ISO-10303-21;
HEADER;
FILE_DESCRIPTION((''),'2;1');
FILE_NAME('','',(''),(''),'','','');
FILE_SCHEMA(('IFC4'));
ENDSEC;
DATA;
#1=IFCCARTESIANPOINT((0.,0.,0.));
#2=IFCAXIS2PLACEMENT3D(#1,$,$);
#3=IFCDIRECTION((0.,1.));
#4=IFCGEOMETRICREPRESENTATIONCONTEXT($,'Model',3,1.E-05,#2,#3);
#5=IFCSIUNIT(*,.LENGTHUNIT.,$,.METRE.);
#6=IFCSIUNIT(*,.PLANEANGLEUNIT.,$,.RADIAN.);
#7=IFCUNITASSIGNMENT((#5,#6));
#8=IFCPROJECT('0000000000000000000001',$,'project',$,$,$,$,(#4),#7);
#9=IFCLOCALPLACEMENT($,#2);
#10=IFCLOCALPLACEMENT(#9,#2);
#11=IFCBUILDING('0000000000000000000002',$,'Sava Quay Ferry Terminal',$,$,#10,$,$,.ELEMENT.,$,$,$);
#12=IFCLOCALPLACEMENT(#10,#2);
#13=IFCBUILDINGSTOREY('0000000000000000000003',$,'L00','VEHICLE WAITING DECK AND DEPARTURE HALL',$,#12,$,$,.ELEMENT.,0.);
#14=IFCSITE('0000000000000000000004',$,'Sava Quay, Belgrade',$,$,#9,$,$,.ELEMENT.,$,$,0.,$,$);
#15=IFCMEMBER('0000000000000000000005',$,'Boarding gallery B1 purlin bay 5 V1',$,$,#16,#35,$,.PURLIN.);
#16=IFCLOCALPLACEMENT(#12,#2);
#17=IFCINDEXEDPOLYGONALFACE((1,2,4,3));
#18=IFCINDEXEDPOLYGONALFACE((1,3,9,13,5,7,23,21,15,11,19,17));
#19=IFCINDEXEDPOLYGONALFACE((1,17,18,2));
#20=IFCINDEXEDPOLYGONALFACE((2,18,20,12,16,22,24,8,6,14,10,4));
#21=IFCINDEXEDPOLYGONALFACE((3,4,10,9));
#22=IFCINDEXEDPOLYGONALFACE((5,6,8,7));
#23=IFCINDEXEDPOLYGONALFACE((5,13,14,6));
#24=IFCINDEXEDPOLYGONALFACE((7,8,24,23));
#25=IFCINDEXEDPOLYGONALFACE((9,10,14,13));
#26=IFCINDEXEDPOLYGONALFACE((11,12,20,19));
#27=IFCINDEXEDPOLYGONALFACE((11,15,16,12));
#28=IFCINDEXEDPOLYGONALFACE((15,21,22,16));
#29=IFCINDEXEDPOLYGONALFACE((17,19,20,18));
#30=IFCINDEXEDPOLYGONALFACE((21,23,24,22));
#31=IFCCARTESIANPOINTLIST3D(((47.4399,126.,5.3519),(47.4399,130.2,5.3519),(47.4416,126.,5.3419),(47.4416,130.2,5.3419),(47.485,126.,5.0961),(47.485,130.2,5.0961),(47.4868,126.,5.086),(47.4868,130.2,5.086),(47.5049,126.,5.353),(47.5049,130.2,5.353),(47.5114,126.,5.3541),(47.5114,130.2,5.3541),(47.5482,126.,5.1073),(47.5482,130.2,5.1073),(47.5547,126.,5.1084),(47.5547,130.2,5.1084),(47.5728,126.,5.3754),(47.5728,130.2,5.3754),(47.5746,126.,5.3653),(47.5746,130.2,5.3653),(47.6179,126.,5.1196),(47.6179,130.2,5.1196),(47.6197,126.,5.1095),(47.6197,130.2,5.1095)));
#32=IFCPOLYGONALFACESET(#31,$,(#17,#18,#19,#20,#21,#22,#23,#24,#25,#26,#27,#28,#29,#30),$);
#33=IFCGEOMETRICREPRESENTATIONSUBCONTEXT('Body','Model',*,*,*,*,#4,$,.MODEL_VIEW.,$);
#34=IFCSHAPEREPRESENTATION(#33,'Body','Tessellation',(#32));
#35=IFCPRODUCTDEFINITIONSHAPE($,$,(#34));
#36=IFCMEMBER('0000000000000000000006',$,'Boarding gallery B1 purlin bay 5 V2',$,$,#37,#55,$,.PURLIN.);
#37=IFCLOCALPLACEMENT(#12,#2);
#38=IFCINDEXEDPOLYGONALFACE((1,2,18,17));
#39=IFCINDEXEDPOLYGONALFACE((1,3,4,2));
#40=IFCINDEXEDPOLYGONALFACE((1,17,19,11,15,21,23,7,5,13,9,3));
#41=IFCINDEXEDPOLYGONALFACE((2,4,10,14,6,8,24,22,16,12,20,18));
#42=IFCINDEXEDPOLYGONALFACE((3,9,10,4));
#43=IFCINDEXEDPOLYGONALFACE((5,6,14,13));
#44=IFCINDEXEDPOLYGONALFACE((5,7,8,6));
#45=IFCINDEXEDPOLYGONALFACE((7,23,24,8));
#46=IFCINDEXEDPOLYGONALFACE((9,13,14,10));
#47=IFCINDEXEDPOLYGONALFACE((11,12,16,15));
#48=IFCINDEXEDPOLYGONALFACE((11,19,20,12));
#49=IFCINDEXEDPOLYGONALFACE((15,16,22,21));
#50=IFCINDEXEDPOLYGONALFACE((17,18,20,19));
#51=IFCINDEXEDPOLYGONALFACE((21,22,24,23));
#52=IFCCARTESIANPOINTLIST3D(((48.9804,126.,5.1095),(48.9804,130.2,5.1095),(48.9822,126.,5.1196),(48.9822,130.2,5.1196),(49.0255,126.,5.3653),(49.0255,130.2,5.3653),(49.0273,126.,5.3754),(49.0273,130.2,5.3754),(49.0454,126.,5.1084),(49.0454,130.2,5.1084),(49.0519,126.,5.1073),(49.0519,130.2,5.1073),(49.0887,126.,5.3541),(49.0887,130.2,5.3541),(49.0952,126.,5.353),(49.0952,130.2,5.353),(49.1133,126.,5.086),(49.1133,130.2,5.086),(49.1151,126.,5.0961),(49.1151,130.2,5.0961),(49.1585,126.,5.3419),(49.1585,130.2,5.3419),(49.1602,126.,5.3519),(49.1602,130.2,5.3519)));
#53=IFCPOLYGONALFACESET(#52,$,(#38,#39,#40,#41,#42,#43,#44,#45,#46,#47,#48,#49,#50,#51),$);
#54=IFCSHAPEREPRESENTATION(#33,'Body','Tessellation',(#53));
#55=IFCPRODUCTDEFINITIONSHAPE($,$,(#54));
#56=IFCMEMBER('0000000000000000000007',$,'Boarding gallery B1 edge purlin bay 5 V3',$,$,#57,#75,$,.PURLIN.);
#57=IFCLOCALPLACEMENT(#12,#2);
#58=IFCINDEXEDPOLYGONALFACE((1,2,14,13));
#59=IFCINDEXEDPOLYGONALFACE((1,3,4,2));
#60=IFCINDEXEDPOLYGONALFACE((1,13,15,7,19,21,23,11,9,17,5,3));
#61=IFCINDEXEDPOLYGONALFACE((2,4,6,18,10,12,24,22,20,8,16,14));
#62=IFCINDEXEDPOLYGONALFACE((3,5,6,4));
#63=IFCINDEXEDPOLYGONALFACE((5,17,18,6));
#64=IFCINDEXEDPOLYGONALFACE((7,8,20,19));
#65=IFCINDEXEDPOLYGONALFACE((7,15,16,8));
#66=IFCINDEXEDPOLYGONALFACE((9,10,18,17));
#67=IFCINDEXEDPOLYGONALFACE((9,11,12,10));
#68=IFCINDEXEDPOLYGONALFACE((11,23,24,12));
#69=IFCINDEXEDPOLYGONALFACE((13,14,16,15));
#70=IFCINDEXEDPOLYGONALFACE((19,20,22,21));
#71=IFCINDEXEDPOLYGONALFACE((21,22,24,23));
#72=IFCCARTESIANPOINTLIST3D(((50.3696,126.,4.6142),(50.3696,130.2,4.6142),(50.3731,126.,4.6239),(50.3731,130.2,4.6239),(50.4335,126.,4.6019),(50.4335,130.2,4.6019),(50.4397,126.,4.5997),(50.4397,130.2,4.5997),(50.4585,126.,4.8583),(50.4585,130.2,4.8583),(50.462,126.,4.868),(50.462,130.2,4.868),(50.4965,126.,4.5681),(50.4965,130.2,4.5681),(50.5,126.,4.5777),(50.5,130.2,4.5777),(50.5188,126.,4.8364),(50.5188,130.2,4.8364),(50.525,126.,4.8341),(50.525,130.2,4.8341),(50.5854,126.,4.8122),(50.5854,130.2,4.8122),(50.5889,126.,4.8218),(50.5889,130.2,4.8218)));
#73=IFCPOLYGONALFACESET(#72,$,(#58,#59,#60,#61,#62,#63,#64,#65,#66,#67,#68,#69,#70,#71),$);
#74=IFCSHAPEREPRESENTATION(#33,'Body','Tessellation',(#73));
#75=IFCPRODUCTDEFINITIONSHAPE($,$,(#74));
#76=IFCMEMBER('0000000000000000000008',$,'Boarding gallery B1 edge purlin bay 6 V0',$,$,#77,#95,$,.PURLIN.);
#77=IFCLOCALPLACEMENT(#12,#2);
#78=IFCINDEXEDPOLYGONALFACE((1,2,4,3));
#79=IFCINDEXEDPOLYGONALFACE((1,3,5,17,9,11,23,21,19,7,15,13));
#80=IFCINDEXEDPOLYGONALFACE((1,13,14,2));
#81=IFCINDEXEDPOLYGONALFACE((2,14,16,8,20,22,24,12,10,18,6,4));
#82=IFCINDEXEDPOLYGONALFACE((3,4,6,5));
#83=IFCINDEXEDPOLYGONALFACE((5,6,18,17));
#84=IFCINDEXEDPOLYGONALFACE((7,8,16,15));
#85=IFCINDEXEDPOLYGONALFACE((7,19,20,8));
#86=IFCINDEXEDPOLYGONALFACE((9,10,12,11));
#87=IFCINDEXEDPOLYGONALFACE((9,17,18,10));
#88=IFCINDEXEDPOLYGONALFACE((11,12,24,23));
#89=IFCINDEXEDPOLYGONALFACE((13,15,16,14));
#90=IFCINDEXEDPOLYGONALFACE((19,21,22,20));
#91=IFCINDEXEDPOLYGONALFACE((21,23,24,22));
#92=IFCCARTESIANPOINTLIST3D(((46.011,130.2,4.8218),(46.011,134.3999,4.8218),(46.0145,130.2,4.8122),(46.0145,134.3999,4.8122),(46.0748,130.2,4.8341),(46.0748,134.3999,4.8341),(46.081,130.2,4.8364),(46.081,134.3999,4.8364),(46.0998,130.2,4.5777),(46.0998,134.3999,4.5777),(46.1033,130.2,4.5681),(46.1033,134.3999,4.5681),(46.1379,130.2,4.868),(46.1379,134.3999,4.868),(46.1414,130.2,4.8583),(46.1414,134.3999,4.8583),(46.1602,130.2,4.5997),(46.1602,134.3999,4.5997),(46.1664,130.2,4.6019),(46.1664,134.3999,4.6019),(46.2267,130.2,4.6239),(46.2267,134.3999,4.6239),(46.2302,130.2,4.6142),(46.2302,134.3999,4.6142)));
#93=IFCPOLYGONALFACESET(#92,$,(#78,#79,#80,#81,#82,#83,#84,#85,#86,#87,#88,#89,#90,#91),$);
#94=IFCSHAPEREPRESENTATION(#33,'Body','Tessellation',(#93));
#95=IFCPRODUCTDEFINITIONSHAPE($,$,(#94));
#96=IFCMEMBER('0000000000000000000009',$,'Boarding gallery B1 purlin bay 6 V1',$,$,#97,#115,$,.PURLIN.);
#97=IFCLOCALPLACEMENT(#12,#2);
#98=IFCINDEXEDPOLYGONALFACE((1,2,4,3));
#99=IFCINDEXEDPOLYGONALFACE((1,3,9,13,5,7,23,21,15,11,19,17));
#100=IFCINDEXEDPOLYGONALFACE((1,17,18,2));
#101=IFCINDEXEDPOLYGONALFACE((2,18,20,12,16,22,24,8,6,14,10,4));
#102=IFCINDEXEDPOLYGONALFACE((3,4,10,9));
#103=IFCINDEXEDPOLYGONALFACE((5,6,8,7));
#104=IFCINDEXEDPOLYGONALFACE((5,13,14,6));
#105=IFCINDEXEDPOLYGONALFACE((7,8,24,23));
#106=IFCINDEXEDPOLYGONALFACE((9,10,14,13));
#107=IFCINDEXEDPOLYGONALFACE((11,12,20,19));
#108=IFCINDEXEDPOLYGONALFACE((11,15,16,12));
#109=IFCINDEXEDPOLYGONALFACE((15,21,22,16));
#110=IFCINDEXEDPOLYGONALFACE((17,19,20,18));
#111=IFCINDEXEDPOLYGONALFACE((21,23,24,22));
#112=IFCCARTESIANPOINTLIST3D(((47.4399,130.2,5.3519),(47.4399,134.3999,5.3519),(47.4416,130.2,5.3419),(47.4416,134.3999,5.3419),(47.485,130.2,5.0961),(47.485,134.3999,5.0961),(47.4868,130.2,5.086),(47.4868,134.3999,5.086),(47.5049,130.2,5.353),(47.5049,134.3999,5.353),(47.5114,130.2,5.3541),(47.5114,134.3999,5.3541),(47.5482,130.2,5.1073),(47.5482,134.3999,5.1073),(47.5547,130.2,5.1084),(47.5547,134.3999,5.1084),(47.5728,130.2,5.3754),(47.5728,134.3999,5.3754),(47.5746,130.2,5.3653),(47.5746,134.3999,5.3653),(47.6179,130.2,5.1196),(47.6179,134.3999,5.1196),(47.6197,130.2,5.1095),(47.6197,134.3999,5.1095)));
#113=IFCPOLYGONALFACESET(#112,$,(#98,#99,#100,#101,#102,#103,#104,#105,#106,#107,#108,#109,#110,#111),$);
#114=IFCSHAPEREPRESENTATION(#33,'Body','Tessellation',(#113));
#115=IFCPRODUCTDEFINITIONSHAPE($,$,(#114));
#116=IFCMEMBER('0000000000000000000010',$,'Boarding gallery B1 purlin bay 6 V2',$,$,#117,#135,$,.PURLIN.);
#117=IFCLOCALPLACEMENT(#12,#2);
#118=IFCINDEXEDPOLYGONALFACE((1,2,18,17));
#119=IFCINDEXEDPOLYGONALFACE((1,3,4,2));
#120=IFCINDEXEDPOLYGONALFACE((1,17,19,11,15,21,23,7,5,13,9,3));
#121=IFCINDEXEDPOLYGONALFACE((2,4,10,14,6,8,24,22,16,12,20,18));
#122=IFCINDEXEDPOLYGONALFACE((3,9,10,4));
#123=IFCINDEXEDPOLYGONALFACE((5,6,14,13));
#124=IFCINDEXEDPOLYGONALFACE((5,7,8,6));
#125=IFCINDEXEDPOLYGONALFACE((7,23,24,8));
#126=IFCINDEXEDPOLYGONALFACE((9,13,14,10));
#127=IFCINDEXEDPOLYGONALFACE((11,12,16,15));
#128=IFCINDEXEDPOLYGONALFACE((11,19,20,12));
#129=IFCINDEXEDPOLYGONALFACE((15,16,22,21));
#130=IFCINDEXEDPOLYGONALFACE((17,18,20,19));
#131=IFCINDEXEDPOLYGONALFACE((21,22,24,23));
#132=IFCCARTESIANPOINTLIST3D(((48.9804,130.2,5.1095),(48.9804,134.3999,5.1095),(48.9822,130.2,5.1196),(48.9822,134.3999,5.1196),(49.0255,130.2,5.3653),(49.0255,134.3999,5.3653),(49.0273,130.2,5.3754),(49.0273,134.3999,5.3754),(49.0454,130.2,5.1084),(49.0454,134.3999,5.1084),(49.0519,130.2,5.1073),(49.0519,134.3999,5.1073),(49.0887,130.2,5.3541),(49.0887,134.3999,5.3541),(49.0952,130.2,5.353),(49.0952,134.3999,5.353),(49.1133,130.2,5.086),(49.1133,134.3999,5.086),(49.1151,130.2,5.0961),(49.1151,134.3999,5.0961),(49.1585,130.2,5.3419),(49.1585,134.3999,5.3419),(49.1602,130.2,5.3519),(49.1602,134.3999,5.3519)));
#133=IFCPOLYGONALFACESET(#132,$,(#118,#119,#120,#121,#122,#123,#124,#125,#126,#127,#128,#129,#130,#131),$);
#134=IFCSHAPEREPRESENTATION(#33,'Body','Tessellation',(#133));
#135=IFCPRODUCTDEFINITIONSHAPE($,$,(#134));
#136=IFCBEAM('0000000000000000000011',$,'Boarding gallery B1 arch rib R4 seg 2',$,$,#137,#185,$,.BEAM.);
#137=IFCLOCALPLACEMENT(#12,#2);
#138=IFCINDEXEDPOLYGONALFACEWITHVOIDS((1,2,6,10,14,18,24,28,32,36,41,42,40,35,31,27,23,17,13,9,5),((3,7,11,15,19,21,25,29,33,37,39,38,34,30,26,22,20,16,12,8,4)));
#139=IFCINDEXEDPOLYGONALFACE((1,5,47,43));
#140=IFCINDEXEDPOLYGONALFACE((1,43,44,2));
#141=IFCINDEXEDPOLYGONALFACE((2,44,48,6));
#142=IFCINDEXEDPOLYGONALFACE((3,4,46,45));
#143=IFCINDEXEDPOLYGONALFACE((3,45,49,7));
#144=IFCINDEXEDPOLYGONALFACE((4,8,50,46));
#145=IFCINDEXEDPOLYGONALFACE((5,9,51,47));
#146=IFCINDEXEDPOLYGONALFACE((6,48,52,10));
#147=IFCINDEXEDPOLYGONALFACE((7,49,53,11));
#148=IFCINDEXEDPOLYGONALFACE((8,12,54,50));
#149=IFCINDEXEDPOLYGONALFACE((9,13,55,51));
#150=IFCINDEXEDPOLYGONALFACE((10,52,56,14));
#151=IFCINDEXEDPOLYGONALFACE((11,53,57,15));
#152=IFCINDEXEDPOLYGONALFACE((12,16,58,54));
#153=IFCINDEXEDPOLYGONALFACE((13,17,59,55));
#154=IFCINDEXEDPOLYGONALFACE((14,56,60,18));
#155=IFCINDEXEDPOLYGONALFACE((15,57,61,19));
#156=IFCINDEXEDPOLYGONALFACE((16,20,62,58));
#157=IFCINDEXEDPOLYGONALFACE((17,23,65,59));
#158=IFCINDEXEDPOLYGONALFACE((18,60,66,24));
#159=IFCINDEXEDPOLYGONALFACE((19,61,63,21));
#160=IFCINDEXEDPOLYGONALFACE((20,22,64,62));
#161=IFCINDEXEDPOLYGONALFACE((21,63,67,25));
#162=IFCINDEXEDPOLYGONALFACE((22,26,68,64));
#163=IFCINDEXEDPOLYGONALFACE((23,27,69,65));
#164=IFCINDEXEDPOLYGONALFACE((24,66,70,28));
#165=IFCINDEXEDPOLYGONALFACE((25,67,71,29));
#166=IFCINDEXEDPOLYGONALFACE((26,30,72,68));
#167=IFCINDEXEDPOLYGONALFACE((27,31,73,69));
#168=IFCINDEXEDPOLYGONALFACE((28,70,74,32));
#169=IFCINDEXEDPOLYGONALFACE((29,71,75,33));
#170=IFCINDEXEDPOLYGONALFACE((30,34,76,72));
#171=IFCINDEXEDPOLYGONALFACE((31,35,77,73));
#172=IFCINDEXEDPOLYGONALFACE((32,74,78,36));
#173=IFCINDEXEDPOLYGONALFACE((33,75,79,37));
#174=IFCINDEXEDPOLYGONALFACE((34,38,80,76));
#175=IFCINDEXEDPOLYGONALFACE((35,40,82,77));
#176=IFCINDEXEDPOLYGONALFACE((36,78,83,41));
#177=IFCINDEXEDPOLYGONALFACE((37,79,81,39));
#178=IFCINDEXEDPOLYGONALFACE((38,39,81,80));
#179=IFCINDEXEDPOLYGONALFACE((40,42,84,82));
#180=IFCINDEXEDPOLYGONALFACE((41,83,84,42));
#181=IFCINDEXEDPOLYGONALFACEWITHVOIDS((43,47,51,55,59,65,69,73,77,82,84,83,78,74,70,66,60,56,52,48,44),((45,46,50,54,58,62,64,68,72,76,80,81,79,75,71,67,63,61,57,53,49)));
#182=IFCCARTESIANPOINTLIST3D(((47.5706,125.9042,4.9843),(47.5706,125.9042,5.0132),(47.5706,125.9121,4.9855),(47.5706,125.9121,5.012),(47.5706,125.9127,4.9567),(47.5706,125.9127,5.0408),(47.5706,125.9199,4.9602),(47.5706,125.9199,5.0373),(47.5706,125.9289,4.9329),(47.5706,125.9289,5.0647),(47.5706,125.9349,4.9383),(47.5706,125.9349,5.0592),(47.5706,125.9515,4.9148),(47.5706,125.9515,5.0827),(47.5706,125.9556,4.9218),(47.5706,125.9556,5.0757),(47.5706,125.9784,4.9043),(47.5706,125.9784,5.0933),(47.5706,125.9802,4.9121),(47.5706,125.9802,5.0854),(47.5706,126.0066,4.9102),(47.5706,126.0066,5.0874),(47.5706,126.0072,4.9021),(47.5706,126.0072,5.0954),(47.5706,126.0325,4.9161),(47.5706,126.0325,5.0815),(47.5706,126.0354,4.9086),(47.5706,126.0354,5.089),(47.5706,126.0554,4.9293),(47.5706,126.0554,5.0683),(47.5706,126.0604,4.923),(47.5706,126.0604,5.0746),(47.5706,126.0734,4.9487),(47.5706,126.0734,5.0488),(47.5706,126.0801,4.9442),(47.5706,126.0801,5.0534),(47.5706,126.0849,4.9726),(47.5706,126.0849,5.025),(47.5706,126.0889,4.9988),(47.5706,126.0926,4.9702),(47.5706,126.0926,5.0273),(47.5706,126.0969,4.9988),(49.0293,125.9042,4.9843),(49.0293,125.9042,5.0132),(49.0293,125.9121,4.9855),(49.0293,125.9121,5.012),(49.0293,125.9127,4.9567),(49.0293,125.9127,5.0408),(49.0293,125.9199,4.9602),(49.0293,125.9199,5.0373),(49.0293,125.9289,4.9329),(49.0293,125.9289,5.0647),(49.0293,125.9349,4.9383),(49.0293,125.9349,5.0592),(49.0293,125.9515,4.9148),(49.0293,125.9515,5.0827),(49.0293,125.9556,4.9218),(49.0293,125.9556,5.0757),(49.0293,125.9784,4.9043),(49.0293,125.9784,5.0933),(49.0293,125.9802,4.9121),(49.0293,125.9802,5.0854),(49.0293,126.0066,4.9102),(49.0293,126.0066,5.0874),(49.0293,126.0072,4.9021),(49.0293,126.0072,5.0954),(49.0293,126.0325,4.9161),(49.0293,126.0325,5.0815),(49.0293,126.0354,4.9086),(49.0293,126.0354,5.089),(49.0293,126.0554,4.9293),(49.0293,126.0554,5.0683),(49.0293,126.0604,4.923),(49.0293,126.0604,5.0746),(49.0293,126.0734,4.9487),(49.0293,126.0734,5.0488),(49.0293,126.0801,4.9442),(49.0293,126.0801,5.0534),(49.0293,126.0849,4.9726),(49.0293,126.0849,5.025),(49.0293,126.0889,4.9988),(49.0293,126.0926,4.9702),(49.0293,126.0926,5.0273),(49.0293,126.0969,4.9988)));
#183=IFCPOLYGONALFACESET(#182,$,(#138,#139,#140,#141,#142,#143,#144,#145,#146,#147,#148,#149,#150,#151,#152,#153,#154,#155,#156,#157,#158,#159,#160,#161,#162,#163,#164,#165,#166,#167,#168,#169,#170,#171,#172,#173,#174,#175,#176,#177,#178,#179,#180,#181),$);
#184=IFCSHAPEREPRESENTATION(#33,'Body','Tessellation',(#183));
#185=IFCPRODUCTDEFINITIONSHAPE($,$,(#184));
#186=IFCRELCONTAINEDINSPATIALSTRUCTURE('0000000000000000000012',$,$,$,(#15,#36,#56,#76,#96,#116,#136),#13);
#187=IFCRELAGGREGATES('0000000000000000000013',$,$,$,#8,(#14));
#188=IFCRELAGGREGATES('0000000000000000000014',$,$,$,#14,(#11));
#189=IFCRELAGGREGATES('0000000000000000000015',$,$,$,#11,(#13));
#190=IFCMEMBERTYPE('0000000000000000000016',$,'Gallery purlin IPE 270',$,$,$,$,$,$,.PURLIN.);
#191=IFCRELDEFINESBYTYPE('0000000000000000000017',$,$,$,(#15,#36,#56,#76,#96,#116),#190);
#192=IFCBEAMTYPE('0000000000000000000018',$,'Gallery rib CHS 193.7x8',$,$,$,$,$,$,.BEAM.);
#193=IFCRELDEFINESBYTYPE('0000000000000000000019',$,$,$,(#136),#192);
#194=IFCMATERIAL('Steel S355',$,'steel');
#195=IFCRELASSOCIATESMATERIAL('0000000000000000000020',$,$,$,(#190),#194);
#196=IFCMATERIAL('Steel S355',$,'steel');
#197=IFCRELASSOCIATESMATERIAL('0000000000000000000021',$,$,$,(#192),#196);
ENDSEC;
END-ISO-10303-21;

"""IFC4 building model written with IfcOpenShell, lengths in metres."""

from ifc_helpers import new_model, si_unit, direction, frame, origin, origin_2d, place, context, subcontext, project, spatial, hollow_circle, i_section, extrude, material, material_profile, profile_set, type_object, element, save


model = new_model("IFC4")

# Units and contexts
model_context = context("Model", 3, precision=1e-05, world=origin(), true_north=direction((0.0, 1.0)))
body_context = subcontext(model_context, "Body", "Model", "MODEL_VIEW")
ifc_project = project(units=[si_unit("LENGTHUNIT", "METRE"), si_unit("PLANEANGLEUNIT", "RADIAN")], contexts=[model_context])

# Site, building, storey
site_placement = place(None, origin())
site = spatial("IfcSite", under=ifc_project, at=site_placement, Name="Sava Quay, Belgrade", CompositionType="ELEMENT", RefElevation=0.0)
building_placement = place(site_placement, origin())
building = spatial("IfcBuilding", under=site, at=building_placement, Name="Sava Quay Ferry Terminal", CompositionType="ELEMENT")
storey_placement = place(building_placement, origin())
storey = spatial("IfcBuildingStorey", under=building, at=storey_placement, Name="L00", Description="VEHICLE WAITING DECK AND DEPARTURE HALL", CompositionType="ELEMENT", Elevation=0.0)

# Members
ifc_material_1 = material(Name="Steel S355", Category="steel")
ifc_material_profile_1 = material_profile(ifc_material_1, i_section(OverallWidth=0.135, OverallDepth=0.27, WebThickness=0.0066, FlangeThickness=0.0103, at=origin_2d()), Name="IPE 270")
ifc_profile_set_1 = profile_set([ifc_material_profile_1], Name="Steel S355")
member_type_1 = type_object("IfcMemberType", Name="Gallery purlin IPE 270", PredefinedType="PURLIN", material=ifc_profile_set_1)
for number, where, z_axis, x_axis, name in (
    (1, (47.5298, 126.0, 5.2307), (0.0, 1.0, 0.0), (-0.984808, 0.0, -0.173648), "Boarding gallery B1 purlin bay 5 V1"),
    (2, (49.0703, 126.0, 5.2307), (0.0, 1.0, 0.0), (-0.984808, 0.0, 0.173648), "Boarding gallery B1 purlin bay 5 V2"),
    (3, (50.4792, 126.0, 4.718), (0.0, 1.0, 0.0), (-0.939693, 0.0, 0.34202), "Boarding gallery B1 edge purlin bay 5 V3"),
    (4, (46.1206, 130.2, 4.718), (0.0, 1.0, 0.0), (-0.939693, 0.0, -0.34202), "Boarding gallery B1 edge purlin bay 6 V0"),
    (5, (47.5298, 130.2, 5.2307), (0.0, 1.0, 0.0), (-0.984808, 0.0, -0.173648), "Boarding gallery B1 purlin bay 6 V1"),
    (6, (49.0703, 130.2, 5.2307), (0.0, 1.0, 0.0), (-0.984808, 0.0, 0.173648), "Boarding gallery B1 purlin bay 6 V2"),
):
    element("IfcMember", number, at=place(storey_placement, frame(where, z_axis=z_axis, x_axis=x_axis)), inside=storey, type_object=member_type_1, Name=name, PredefinedType="PURLIN", context=body_context, shape_type="SweptSolid", body=[
        extrude(i_section(OverallWidth=0.135, OverallDepth=0.27, WebThickness=0.0066, FlangeThickness=0.0103, at=origin_2d()), origin(), (0.0, 0.0, 1.0), 4.2),
    ])

# Beam
ifc_material_2 = material(Name="Steel S355", Category="steel")
ifc_material_profile_2 = material_profile(ifc_material_2, hollow_circle(Radius=0.0969, WallThickness=0.0081, at=origin_2d()), Name="CHS 193.7 x 8.0")
ifc_profile_set_2 = profile_set([ifc_material_profile_2], Name="Steel S355")
beam_type_1 = type_object("IfcBeamType", Name="Gallery rib CHS 193.7x8", PredefinedType="BEAM", material=ifc_profile_set_2)
beam_1_placement = place(storey_placement, frame((47.5706, 126.0, 4.9988), z_axis=(1.0, 0.0, 0.0), x_axis=(0.0, 1.0, 0.0)))
element("IfcBeam", 7, at=beam_1_placement, inside=storey, type_object=beam_type_1, Name="Boarding gallery B1 arch rib R4 seg 2", PredefinedType="BEAM", context=body_context, shape_type="SweptSolid", body=[
    extrude(hollow_circle(Radius=0.0969, WallThickness=0.0081, at=origin_2d()), origin(), (0.0, 0.0, 1.0), 1.4587),
])

save(model, "model.ifc")
